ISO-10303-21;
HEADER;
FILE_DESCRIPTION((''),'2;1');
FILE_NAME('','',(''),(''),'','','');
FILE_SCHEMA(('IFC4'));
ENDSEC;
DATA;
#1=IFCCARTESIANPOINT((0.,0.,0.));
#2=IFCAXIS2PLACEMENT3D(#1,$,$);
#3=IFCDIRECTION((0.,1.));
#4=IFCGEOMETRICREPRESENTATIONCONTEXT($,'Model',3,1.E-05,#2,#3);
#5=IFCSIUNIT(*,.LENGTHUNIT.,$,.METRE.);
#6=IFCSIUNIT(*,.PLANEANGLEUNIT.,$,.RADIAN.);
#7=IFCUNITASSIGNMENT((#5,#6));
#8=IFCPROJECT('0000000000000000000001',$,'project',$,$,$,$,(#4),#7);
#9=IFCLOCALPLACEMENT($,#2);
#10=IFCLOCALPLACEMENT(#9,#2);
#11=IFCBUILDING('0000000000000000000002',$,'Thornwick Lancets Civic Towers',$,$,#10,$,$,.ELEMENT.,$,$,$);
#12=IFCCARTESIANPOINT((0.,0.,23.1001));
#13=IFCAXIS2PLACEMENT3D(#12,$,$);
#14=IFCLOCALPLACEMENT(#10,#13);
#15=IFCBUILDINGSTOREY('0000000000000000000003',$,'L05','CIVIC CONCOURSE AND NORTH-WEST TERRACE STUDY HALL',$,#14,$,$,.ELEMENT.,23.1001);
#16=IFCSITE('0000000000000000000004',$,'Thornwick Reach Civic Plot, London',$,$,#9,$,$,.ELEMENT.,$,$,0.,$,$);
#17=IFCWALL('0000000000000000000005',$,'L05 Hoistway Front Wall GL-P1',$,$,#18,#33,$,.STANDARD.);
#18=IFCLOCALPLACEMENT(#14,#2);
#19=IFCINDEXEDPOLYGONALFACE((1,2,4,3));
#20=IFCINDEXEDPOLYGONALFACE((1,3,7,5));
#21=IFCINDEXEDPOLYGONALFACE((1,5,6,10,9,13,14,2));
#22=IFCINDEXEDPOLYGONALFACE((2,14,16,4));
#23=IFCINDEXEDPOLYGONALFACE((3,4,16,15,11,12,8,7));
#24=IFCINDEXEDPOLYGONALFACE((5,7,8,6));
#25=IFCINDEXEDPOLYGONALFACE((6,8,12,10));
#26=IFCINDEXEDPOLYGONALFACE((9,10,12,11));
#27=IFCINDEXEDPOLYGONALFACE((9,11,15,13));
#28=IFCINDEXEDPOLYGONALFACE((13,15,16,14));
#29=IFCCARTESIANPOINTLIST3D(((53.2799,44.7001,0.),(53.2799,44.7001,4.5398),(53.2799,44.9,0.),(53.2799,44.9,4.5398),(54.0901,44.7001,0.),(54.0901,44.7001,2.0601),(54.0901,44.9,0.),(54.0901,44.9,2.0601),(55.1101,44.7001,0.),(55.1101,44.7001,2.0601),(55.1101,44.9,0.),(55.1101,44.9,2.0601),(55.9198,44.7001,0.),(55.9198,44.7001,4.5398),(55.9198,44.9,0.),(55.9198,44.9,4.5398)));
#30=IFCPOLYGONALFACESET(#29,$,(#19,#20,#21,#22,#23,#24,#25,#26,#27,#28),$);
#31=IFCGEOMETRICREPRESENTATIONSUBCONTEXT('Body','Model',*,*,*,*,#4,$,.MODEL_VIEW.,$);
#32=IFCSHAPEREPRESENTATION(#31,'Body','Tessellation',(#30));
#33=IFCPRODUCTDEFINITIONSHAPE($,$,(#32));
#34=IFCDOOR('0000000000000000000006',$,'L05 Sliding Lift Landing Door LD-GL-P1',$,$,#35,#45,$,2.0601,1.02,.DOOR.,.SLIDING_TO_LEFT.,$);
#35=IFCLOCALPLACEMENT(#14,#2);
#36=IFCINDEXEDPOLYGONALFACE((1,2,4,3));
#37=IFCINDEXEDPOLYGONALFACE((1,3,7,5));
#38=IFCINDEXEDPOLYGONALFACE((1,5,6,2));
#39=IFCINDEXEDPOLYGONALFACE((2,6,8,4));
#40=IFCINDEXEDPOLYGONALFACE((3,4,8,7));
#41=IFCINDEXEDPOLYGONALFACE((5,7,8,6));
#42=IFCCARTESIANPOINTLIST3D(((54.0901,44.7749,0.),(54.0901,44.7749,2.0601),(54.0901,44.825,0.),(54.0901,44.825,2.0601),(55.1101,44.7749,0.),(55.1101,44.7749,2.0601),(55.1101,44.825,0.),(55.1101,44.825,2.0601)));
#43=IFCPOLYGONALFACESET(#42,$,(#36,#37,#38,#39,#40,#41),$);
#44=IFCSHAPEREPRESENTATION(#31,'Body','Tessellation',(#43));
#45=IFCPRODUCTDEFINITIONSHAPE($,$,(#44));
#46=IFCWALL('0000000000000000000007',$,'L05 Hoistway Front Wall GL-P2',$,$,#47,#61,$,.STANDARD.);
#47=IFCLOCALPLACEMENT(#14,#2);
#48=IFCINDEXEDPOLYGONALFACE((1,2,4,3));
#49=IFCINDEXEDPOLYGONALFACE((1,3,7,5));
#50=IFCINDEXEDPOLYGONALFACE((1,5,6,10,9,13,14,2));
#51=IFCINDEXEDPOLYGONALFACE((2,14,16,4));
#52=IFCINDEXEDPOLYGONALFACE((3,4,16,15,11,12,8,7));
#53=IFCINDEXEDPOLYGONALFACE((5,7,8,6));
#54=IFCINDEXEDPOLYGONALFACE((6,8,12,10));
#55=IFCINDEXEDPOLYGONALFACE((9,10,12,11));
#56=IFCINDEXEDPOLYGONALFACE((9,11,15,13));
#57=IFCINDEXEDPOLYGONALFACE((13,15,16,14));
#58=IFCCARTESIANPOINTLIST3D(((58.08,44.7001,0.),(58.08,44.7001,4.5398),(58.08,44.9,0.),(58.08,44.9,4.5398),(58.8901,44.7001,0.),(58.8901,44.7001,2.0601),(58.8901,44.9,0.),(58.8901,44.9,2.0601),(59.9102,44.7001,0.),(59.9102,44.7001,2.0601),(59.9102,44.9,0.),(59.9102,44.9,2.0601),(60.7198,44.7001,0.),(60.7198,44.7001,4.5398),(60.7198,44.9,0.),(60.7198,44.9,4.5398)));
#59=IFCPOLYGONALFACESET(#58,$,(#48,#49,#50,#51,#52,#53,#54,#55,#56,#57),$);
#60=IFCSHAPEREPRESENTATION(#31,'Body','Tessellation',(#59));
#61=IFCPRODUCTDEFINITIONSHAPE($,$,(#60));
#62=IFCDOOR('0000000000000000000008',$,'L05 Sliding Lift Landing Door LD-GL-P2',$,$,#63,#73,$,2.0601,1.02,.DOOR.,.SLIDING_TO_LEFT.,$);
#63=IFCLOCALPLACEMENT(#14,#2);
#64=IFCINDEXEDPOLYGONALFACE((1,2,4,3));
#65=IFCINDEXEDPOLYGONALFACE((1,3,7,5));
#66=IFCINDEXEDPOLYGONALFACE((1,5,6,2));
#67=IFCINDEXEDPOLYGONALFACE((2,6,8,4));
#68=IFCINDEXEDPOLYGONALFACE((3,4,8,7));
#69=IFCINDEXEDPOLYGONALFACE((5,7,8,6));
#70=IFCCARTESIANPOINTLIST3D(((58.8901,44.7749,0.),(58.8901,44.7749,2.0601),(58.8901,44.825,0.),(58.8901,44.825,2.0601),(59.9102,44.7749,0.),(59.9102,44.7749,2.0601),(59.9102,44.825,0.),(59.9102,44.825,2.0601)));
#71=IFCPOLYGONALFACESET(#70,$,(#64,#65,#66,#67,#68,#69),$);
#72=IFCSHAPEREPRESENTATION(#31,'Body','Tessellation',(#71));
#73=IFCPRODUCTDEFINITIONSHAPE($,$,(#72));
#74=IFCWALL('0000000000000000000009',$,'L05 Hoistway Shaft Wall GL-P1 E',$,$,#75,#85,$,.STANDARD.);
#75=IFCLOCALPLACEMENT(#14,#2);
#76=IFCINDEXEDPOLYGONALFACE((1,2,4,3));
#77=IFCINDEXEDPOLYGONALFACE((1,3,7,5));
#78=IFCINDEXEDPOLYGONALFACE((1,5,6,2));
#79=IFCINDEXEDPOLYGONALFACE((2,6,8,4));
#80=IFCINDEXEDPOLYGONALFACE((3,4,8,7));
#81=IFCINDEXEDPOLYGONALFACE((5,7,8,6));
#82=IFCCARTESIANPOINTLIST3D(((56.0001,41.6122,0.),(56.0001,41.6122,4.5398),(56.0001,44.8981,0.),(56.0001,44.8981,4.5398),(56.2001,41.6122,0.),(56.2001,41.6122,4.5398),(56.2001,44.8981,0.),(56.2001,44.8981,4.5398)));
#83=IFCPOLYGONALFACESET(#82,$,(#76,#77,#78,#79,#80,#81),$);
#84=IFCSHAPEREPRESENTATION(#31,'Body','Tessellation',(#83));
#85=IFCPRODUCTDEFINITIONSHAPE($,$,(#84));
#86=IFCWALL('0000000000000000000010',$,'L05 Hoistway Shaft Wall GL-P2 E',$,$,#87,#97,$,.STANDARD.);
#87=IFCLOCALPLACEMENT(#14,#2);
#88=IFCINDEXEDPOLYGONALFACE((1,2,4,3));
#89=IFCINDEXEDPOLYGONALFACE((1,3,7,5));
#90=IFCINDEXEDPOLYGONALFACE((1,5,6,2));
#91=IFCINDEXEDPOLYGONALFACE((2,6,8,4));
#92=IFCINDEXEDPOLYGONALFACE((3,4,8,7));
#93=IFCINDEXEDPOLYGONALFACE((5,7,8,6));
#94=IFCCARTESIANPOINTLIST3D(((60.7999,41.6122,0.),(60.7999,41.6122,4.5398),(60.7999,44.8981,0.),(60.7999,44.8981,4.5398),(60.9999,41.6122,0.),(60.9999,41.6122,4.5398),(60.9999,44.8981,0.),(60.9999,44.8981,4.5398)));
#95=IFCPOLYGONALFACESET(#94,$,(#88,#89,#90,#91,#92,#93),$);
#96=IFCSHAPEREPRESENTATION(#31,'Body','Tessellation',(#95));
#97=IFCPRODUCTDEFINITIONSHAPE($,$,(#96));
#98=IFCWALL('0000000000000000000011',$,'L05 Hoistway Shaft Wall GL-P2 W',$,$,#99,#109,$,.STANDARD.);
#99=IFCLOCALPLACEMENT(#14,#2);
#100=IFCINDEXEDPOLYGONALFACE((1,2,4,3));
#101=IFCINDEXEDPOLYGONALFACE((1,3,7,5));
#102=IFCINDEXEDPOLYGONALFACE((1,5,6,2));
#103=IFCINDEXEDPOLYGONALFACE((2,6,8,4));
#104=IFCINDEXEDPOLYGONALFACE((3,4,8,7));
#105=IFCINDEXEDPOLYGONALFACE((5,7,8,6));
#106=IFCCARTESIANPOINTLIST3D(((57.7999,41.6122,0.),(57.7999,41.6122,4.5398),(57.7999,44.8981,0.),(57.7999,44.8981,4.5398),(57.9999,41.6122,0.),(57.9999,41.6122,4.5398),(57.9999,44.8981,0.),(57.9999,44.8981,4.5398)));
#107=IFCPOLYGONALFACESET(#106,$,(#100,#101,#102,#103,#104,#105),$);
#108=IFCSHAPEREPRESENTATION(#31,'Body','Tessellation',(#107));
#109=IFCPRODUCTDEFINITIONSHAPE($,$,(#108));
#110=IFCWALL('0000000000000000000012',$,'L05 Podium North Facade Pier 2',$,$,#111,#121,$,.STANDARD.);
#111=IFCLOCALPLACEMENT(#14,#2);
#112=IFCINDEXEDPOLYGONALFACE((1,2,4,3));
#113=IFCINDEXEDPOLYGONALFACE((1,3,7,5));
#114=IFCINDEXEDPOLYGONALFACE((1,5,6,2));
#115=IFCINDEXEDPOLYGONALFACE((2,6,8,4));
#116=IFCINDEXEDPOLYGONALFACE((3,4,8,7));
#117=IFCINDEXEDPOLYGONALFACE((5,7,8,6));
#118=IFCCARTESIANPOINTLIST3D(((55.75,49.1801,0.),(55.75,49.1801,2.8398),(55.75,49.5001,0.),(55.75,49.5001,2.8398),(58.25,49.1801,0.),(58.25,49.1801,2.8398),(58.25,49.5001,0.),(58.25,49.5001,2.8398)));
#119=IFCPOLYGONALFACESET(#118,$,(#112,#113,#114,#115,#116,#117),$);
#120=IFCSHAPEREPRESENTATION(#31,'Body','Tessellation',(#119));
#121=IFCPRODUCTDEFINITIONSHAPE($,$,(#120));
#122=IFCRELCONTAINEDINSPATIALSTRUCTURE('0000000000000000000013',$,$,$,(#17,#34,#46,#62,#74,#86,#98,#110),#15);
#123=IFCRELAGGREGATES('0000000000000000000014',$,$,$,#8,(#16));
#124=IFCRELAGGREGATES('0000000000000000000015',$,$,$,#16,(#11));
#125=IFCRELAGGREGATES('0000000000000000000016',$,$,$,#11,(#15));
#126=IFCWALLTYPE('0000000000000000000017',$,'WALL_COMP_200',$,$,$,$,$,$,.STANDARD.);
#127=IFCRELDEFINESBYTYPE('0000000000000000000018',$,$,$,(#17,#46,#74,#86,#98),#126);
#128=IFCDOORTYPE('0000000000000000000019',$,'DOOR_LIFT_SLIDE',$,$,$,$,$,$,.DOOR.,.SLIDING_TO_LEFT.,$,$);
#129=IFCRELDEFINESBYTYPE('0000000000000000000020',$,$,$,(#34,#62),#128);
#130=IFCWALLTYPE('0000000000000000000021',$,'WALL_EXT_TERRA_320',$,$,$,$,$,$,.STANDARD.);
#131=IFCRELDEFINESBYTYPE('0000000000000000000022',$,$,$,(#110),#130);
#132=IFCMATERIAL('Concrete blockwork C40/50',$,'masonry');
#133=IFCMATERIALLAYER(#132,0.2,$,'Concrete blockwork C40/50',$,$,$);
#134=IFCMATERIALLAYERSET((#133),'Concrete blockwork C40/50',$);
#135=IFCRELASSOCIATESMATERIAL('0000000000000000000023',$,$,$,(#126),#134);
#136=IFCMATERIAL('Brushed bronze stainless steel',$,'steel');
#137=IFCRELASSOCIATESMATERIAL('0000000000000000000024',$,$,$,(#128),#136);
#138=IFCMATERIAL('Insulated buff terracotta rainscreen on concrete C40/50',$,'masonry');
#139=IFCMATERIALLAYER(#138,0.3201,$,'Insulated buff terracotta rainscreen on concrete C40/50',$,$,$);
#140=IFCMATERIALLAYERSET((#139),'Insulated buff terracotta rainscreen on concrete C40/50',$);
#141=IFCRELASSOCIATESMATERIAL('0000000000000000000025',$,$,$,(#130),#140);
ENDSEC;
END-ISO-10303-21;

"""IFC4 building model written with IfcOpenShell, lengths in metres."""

from ifc_helpers import new_model, si_unit, direction, frame, frame_2d, origin, place, context, subcontext, project, spatial, rectangle, extrude, material, layer, layer_set, type_object, element, fill, save


model = new_model("IFC4")

# Units and contexts
model_context = context("Model", 3, precision=1e-05, world=origin(), true_north=direction((0.0, 1.0)))
body_context = subcontext(model_context, "Body", "Model", "MODEL_VIEW")
ifc_project = project(units=[si_unit("LENGTHUNIT", "METRE"), si_unit("PLANEANGLEUNIT", "RADIAN")], contexts=[model_context])

# Site, building, storey
site_placement = place(None, origin())
site = spatial("IfcSite", under=ifc_project, at=site_placement, Name="Thornwick Reach Civic Plot, London", CompositionType="ELEMENT", RefElevation=0.0)
building_placement = place(site_placement, origin())
building = spatial("IfcBuilding", under=site, at=building_placement, Name="Thornwick Lancets Civic Towers", CompositionType="ELEMENT")
storey_placement = place(building_placement, frame((0.0, 0.0, 23.1001)))
storey = spatial("IfcBuildingStorey", under=building, at=storey_placement, Name="L05", Description="CIVIC CONCOURSE AND NORTH-WEST TERRACE STUDY HALL", CompositionType="ELEMENT", Elevation=23.1001)

# Walls, openings, doors
ifc_material_1 = material(Name="Concrete blockwork C40/50", Category="masonry")
ifc_layer_1 = layer(ifc_material_1, 0.2, Name="Concrete blockwork C40/50")
ifc_layer_set_1 = layer_set([ifc_layer_1], Name="Concrete blockwork C40/50")
wall_type_1 = type_object("IfcWallType", Name="WALL_COMP_200", PredefinedType="STANDARD", material=ifc_layer_set_1)
wall_1_placement = place(storey_placement, frame((53.28, 44.8, 0.0), z_axis=(0.0, 0.0, 1.0), x_axis=(1.0, 0.0, 0.0)))
wall_1 = element("IfcWall", 1, at=wall_1_placement, inside=storey, type_object=wall_type_1, Name="L05 Hoistway Front Wall GL-P1", PredefinedType="STANDARD", context=body_context, shape_type="SweptSolid", body=[
    extrude(rectangle(XDim=2.6399, YDim=0.2, at=frame_2d((1.3198, 0.0))), origin(), (0.0, 0.0, 1.0), 4.5398),
])
opening_1_placement = place(wall_1_placement, frame((0.8101, 0.0, 0.0)))
opening_1 = element("IfcOpeningElement", 2, at=opening_1_placement, cuts=wall_1, PredefinedType="OPENING", context=body_context, shape_type="SweptSolid", body=[
    extrude(rectangle(XDim=1.02, YDim=2.0601, at=frame_2d((0.51, 1.03))), frame((0.0, 0.1099, 0.0), z_axis=(0.0, -1.0, 0.0), x_axis=(1.0, 0.0, 0.0)), (0.0, 0.0, 1.0), 0.22),
])
ifc_material_2 = material(Name="Brushed bronze stainless steel", Category="steel")
door_type = type_object("IfcDoorType", Name="DOOR_LIFT_SLIDE", OperationType="SLIDING_TO_LEFT", PredefinedType="DOOR", material=ifc_material_2)
door_1_placement = place(opening_1_placement, origin())
door_1 = element("IfcDoor", 3, at=door_1_placement, inside=storey, type_object=door_type, Name="L05 Sliding Lift Landing Door LD-GL-P1", OperationType="SLIDING_TO_LEFT", OverallHeight=2.0601, OverallWidth=1.02, PredefinedType="DOOR", context=body_context, shape_type="SweptSolid", body=[
    extrude(rectangle(XDim=1.02, YDim=2.0601, at=frame_2d((0.51, 1.03))), frame((0.0, 0.0249, 0.0), z_axis=(0.0, -1.0, 0.0), x_axis=(1.0, 0.0, 0.0)), (0.0, 0.0, 1.0), 0.05),
])
fill(opening_1, door_1)
wall_2_placement = place(storey_placement, frame((58.0801, 44.8, 0.0), z_axis=(0.0, 0.0, 1.0), x_axis=(1.0, 0.0, 0.0)))
wall_2 = element("IfcWall", 4, at=wall_2_placement, inside=storey, type_object=wall_type_1, Name="L05 Hoistway Front Wall GL-P2", PredefinedType="STANDARD", context=body_context, shape_type="SweptSolid", body=[
    extrude(rectangle(XDim=2.6399, YDim=0.2, at=frame_2d((1.3198, 0.0))), origin(), (0.0, 0.0, 1.0), 4.5398),
])
opening_2_placement = place(wall_2_placement, frame((0.8101, 0.0, 0.0)))
opening_2 = element("IfcOpeningElement", 5, at=opening_2_placement, cuts=wall_2, PredefinedType="OPENING", context=body_context, shape_type="SweptSolid", body=[
    extrude(rectangle(XDim=1.02, YDim=2.0601, at=frame_2d((0.51, 1.03))), frame((0.0, 0.1099, 0.0), z_axis=(0.0, -1.0, 0.0), x_axis=(1.0, 0.0, 0.0)), (0.0, 0.0, 1.0), 0.22),
])
door_2_placement = place(opening_2_placement, origin())
door_2 = element("IfcDoor", 6, at=door_2_placement, inside=storey, type_object=door_type, Name="L05 Sliding Lift Landing Door LD-GL-P2", OperationType="SLIDING_TO_LEFT", OverallHeight=2.0601, OverallWidth=1.02, PredefinedType="DOOR", context=body_context, shape_type="SweptSolid", body=[
    extrude(rectangle(XDim=1.02, YDim=2.0601, at=frame_2d((0.51, 1.03))), frame((0.0, 0.0249, 0.0), z_axis=(0.0, -1.0, 0.0), x_axis=(1.0, 0.0, 0.0)), (0.0, 0.0, 1.0), 0.05),
])
fill(opening_2, door_2)

# Walls
for number, where, z_axis, x_axis, name in (
    (7, (56.1001, 41.6121, 0.0), (0.0, 0.0, 1.0), (0.0, 1.0, 0.0), "L05 Hoistway Shaft Wall GL-P1 E"),
    (8, (60.8999, 41.6121, 0.0), (0.0, 0.0, 1.0), (0.0, 1.0, 0.0), "L05 Hoistway Shaft Wall GL-P2 E"),
    (9, (57.8999, 41.6121, 0.0), (0.0, 0.0, 1.0), (0.0, 1.0, 0.0), "L05 Hoistway Shaft Wall GL-P2 W"),
):
    element("IfcWall", number, at=place(storey_placement, frame(where, z_axis=z_axis, x_axis=x_axis)), inside=storey, type_object=wall_type_1, Name=name, PredefinedType="STANDARD", context=body_context, shape_type="SweptSolid", body=[
        extrude(rectangle(XDim=3.2859, YDim=0.2, at=frame_2d((1.6431, 0.0))), origin(), (0.0, 0.0, 1.0), 4.5398),
    ])
ifc_material_3 = material(Name="Insulated buff terracotta rainscreen on concrete C40/50", Category="masonry")
ifc_layer_2 = layer(ifc_material_3, 0.3201, Name="Insulated buff terracotta rainscreen on concrete C40/50")
ifc_layer_set_2 = layer_set([ifc_layer_2], Name="Insulated buff terracotta rainscreen on concrete C40/50")
wall_type_2 = type_object("IfcWallType", Name="WALL_EXT_TERRA_320", PredefinedType="STANDARD", material=ifc_layer_set_2)
wall_3_placement = place(storey_placement, frame((58.25, 49.3401, 0.0), z_axis=(0.0, 0.0, 1.0), x_axis=(-1.0, 0.0, 0.0)))
element("IfcWall", 10, at=wall_3_placement, inside=storey, type_object=wall_type_2, Name="L05 Podium North Facade Pier 2", PredefinedType="STANDARD", context=body_context, shape_type="SweptSolid", body=[
    extrude(rectangle(XDim=2.5, YDim=0.3201, at=frame_2d((1.25, 0.0))), origin(), (0.0, 0.0, 1.0), 2.8398),
])

save(model, "model.ifc")
